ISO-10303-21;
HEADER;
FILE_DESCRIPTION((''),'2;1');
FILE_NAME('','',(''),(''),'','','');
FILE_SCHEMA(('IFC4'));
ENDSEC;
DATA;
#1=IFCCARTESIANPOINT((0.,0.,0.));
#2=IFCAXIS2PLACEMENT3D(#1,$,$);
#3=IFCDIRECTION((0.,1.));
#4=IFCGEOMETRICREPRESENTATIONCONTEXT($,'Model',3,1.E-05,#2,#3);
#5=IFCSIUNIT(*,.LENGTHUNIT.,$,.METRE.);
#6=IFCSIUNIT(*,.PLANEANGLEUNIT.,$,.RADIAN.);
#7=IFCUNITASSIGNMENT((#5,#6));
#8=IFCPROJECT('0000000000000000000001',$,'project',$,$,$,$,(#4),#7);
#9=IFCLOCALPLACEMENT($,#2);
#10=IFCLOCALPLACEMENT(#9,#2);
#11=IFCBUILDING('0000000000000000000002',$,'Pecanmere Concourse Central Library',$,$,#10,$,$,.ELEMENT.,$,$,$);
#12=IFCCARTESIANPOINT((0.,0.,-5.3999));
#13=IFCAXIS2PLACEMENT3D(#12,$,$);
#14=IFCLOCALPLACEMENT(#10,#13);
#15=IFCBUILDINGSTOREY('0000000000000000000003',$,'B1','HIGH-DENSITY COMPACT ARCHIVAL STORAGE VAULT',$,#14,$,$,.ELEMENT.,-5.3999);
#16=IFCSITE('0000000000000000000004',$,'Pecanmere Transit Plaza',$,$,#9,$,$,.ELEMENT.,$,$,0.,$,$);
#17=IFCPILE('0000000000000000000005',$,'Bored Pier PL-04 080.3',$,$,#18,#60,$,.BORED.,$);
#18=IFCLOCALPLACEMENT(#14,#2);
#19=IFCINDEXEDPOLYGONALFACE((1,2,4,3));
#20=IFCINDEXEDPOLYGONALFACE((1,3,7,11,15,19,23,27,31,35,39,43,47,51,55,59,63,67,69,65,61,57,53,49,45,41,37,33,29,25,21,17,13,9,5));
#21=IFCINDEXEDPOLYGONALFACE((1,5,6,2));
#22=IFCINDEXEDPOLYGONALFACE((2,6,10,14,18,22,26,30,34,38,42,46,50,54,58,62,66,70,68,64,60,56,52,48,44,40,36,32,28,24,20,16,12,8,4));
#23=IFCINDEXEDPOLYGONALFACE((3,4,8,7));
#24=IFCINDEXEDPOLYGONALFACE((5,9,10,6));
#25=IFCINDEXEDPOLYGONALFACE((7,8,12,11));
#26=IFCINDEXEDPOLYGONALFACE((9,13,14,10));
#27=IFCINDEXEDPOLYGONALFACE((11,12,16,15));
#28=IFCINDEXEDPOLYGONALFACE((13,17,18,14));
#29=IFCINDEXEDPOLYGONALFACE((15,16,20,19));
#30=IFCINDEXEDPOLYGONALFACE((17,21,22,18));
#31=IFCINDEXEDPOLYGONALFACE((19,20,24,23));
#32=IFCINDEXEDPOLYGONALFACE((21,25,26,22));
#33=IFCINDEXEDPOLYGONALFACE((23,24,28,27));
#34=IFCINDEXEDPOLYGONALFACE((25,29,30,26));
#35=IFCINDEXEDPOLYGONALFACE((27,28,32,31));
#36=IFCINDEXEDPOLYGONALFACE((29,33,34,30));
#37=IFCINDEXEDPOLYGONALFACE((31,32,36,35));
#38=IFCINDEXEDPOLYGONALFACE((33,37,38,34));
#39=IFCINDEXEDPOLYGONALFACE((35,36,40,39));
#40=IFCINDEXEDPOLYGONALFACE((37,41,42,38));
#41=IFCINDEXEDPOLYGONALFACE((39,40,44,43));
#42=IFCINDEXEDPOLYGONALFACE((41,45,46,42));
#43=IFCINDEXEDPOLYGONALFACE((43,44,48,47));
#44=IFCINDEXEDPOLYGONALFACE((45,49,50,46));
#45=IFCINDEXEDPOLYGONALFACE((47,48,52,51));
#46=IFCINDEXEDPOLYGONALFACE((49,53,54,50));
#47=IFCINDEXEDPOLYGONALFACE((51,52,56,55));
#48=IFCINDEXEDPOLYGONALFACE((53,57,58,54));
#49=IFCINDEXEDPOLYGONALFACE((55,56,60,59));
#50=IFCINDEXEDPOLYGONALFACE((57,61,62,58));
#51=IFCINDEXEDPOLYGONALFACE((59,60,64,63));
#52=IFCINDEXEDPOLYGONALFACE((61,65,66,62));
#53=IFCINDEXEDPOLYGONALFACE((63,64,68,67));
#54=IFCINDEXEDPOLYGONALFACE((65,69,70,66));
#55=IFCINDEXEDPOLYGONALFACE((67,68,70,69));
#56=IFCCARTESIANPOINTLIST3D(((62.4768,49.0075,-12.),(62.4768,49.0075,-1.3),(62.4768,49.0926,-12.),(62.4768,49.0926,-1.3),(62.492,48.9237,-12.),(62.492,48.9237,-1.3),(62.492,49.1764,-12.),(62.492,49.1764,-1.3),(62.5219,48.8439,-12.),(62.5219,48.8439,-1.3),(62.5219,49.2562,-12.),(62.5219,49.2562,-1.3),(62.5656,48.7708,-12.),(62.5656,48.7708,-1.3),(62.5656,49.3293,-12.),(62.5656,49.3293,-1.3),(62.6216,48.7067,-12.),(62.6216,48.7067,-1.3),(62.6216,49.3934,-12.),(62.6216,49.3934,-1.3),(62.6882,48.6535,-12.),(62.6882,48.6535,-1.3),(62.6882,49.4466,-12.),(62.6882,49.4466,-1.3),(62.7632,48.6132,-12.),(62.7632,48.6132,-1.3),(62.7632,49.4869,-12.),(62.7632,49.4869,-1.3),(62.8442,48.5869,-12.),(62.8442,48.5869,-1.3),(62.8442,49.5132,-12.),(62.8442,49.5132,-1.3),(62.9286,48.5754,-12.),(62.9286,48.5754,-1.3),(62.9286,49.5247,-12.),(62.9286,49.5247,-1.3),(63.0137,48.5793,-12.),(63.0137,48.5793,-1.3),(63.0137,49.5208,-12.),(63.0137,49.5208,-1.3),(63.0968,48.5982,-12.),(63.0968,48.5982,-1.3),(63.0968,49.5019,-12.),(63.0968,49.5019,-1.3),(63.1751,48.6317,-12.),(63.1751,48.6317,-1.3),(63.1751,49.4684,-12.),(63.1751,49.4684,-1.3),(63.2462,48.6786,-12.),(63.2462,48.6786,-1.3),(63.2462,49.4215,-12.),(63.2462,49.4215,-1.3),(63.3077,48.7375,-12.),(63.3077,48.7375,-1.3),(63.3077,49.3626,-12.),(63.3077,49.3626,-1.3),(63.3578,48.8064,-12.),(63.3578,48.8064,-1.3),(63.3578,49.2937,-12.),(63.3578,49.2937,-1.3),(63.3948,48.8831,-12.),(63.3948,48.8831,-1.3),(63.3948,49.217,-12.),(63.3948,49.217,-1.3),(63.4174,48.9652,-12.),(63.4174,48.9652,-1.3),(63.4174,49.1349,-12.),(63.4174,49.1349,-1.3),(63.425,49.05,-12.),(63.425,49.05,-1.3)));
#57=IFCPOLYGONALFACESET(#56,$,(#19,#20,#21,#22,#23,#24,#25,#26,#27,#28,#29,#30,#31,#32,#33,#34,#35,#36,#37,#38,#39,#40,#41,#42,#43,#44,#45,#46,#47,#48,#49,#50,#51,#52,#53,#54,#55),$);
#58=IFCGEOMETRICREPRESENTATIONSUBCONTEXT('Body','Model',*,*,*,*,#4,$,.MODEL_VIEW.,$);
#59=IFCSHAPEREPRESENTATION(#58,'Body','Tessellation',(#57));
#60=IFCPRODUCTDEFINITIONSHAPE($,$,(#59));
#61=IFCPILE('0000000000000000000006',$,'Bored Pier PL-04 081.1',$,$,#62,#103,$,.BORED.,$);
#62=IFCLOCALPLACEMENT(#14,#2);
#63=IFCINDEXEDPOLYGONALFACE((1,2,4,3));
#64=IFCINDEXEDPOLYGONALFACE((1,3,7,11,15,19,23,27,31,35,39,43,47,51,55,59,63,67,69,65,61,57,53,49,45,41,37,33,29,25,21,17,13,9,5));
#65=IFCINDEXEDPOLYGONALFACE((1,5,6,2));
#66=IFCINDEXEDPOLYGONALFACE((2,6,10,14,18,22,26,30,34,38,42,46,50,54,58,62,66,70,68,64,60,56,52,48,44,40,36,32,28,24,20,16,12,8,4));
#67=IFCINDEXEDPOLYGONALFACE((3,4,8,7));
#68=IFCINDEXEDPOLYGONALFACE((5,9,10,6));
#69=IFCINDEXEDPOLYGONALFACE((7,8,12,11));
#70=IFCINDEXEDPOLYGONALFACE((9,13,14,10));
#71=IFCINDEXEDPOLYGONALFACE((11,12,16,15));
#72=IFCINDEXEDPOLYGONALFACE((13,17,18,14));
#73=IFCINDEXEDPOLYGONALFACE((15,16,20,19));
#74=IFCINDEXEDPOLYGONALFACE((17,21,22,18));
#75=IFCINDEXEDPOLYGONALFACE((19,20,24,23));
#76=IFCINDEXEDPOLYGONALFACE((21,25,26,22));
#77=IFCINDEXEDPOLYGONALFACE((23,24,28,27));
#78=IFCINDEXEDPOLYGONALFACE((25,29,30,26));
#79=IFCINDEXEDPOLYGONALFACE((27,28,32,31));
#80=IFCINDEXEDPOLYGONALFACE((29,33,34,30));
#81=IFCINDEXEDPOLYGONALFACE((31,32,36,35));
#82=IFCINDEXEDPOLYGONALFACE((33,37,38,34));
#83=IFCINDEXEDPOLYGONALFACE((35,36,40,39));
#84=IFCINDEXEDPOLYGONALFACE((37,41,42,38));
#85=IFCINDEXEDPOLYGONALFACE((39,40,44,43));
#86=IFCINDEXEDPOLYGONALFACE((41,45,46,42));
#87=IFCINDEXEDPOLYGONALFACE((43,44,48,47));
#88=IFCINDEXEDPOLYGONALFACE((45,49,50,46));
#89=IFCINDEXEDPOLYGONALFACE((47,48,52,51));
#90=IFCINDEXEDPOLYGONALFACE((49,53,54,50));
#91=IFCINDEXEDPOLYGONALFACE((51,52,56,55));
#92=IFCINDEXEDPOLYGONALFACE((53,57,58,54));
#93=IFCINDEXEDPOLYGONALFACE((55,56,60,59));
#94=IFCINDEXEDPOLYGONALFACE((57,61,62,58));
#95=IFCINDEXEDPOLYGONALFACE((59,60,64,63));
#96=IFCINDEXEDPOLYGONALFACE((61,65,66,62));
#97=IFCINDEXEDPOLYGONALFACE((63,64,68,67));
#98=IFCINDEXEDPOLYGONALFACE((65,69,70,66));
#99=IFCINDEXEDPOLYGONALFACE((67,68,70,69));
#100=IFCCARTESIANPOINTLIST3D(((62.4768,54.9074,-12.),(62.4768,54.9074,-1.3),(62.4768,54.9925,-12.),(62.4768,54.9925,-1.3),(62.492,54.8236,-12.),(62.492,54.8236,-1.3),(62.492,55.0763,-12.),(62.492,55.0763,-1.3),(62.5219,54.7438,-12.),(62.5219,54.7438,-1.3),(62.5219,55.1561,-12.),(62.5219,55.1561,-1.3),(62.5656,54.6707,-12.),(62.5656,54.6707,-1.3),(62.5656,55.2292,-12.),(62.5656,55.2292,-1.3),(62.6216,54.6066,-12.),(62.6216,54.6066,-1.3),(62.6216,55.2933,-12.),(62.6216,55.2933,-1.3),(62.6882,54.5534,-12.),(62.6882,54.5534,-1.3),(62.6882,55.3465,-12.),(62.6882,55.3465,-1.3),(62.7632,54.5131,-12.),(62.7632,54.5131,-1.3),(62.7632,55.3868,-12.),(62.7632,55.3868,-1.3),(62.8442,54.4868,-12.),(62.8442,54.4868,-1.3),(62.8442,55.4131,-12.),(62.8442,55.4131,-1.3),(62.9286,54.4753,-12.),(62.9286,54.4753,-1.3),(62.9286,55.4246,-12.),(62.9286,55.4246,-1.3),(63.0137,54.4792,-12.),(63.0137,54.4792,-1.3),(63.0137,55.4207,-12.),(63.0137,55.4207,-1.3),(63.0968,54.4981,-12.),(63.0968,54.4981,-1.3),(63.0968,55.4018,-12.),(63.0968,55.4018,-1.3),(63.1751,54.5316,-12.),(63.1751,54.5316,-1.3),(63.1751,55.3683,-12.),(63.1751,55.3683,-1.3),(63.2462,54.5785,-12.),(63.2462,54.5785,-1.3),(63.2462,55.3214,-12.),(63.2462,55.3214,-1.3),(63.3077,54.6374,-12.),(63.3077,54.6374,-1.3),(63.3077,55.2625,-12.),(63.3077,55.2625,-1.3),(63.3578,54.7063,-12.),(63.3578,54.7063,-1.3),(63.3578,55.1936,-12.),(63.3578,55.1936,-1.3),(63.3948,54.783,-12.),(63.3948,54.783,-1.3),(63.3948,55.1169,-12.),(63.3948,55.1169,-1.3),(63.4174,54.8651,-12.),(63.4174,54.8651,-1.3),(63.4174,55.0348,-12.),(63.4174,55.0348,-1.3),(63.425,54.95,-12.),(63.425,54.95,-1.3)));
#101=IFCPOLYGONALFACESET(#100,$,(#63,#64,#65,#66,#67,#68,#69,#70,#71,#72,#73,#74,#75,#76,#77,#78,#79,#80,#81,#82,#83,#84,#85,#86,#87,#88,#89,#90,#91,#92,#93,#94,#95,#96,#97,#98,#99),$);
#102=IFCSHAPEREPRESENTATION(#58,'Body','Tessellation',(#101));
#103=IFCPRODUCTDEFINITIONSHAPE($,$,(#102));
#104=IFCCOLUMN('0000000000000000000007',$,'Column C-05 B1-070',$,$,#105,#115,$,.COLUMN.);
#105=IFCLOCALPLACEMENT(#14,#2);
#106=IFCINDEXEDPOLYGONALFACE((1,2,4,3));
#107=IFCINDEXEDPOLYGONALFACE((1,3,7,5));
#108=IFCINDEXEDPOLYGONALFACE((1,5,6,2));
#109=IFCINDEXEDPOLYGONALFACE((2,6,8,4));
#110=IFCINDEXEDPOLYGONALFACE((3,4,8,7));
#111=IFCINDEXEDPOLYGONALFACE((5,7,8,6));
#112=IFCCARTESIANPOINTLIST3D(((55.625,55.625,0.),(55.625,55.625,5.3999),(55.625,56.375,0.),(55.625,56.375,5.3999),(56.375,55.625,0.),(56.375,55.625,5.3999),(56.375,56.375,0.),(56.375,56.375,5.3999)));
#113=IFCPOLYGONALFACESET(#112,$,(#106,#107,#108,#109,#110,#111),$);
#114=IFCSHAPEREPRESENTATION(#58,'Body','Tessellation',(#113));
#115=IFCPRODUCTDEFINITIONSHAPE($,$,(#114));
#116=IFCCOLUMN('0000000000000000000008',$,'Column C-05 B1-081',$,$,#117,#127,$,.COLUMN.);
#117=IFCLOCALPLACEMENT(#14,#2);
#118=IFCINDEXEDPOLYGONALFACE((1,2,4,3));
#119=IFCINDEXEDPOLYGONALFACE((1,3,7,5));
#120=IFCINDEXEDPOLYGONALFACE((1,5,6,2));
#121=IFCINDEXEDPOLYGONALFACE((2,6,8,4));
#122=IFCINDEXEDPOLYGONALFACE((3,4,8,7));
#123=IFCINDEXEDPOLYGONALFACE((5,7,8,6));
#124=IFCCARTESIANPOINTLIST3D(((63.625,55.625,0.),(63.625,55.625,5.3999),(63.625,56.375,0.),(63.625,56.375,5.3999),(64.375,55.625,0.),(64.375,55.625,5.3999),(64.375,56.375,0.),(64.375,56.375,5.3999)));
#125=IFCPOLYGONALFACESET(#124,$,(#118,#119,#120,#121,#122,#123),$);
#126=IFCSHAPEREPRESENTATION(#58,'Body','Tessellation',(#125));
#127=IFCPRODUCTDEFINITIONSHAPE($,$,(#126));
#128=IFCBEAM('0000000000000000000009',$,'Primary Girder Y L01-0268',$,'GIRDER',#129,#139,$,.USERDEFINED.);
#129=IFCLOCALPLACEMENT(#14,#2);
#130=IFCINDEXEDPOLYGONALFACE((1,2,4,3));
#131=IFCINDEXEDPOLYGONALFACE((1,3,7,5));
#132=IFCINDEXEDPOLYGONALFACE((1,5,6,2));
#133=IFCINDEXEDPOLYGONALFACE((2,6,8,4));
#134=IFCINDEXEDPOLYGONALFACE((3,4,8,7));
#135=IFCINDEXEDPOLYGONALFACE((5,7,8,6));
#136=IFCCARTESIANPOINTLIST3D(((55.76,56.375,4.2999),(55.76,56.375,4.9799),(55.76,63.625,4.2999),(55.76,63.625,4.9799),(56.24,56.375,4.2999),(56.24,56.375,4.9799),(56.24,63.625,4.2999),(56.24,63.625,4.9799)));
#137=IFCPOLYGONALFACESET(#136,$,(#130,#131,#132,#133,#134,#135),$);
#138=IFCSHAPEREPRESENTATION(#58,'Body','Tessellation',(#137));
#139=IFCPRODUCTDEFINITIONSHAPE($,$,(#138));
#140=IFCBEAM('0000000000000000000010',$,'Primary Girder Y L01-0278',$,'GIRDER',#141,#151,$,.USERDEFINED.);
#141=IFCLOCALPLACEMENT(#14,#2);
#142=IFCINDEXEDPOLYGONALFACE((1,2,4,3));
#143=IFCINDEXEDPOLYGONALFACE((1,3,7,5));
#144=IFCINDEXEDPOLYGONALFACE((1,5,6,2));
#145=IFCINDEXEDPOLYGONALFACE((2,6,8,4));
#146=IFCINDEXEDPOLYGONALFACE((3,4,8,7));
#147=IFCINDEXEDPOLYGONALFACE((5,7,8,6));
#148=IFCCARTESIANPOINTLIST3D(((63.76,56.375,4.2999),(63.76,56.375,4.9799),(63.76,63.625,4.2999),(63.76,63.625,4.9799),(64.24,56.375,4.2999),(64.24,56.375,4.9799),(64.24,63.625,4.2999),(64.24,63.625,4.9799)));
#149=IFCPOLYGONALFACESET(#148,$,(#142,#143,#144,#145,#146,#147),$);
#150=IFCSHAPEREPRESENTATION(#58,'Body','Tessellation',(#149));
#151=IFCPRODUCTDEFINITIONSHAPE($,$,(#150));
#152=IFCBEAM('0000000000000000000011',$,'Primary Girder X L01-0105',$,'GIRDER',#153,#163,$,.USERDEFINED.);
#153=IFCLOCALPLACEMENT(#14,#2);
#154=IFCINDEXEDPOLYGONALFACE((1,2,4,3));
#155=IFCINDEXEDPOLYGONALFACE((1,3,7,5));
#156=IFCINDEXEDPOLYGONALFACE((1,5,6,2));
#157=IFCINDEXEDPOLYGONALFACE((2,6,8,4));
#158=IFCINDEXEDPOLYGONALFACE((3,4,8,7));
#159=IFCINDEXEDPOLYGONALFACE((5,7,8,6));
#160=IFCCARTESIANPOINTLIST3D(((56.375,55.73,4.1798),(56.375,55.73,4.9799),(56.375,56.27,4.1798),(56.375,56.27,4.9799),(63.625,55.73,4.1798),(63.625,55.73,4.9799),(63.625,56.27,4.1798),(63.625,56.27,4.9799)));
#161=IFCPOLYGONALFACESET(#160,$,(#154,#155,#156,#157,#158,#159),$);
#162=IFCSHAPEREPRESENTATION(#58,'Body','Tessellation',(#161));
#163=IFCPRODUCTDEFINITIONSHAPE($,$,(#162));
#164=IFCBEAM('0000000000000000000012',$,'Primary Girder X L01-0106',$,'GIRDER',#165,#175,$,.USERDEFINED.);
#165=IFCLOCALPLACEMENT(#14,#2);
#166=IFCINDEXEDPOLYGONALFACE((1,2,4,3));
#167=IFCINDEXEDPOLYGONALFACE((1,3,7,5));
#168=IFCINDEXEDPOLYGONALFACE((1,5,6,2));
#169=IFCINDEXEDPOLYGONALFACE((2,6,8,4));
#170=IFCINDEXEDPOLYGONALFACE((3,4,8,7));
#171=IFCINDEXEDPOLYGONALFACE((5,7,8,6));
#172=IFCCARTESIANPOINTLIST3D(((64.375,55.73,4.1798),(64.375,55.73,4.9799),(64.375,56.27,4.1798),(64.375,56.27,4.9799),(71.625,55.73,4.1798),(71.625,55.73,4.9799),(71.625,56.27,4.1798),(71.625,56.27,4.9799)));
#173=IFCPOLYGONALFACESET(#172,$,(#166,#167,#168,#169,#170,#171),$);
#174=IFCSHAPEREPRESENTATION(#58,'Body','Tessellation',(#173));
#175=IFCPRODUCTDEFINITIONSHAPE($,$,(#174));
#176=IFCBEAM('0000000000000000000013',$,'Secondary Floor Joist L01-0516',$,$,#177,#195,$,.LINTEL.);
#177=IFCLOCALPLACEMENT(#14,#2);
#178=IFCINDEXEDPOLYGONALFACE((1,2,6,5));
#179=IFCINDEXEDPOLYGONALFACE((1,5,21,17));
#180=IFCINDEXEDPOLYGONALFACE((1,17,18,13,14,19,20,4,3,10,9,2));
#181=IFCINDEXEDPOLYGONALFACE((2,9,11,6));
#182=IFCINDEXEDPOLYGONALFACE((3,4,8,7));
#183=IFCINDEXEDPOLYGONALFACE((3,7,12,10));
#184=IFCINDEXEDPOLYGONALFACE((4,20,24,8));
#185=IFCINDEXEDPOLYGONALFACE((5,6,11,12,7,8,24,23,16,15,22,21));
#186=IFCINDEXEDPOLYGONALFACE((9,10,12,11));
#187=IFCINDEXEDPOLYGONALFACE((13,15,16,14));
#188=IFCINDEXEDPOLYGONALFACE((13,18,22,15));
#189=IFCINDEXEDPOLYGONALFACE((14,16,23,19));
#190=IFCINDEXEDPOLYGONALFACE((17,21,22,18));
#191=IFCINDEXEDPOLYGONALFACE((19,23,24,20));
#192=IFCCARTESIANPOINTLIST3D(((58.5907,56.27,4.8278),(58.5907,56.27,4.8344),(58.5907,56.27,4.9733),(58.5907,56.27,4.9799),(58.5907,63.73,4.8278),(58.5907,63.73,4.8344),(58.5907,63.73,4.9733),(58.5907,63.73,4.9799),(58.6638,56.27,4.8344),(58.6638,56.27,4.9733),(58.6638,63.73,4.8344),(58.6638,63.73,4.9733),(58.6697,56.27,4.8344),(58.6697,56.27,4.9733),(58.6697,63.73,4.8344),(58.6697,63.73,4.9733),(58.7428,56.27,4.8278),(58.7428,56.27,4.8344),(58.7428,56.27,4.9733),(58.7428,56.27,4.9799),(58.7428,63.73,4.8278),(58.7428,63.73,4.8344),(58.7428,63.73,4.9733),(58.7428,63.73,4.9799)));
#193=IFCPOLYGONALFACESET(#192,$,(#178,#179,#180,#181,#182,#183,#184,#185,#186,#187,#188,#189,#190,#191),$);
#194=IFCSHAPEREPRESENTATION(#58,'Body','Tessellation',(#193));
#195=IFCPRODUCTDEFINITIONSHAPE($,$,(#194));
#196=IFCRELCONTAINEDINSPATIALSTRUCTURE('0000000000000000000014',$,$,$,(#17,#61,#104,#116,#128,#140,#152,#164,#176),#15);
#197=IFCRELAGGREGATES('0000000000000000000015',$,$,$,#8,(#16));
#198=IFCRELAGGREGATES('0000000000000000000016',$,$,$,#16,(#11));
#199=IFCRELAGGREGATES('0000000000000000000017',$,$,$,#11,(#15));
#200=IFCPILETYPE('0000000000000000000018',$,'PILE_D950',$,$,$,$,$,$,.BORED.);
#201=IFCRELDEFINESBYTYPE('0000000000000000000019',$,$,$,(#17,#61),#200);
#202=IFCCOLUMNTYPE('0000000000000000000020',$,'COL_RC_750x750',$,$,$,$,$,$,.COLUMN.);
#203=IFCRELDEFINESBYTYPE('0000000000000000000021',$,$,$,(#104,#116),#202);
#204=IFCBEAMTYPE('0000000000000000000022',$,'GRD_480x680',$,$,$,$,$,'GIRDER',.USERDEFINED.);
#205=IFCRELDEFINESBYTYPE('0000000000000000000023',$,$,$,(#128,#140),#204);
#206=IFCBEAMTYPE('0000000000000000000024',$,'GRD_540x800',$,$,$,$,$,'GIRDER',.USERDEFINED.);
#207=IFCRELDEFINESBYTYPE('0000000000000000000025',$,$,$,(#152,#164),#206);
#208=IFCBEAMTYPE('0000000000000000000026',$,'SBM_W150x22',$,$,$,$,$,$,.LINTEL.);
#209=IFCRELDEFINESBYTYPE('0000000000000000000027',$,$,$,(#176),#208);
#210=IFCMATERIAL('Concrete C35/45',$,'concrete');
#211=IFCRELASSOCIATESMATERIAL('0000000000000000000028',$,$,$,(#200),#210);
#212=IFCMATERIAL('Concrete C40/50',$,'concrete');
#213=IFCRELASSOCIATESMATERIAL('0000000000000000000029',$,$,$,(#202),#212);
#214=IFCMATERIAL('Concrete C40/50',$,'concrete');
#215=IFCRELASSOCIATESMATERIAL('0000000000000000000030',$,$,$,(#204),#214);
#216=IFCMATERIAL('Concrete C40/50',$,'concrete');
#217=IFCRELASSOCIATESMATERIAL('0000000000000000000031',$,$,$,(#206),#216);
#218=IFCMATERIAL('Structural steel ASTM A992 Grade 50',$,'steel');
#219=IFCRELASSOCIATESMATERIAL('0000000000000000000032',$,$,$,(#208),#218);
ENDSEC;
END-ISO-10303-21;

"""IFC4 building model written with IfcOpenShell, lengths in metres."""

from ifc_helpers import new_model, si_unit, direction, frame, origin, origin_2d, place, context, subcontext, project, spatial, rectangle, circle, i_section, extrude, material, material_profile, profile_set, type_object, element, save


model = new_model("IFC4")

# Units and contexts
model_context = context("Model", 3, precision=1e-05, world=origin(), true_north=direction((0.0, 1.0)))
body_context = subcontext(model_context, "Body", "Model", "MODEL_VIEW")
ifc_project = project(units=[si_unit("LENGTHUNIT", "METRE"), si_unit("PLANEANGLEUNIT", "RADIAN")], contexts=[model_context])

# Site, building, storey
site_placement = place(None, origin())
site = spatial("IfcSite", under=ifc_project, at=site_placement, Name="Pecanmere Transit Plaza", CompositionType="ELEMENT", RefElevation=0.0)
building_placement = place(site_placement, origin())
building = spatial("IfcBuilding", under=site, at=building_placement, Name="Pecanmere Concourse Central Library", CompositionType="ELEMENT")
storey_placement = place(building_placement, frame((0.0, 0.0, -5.3999)))
storey = spatial("IfcBuildingStorey", under=building, at=storey_placement, Name="B1", Description="HIGH-DENSITY COMPACT ARCHIVAL STORAGE VAULT", CompositionType="ELEMENT", Elevation=-5.3999)

# Piles
ifc_material_1 = material(Name="Concrete C35/45", Category="concrete")
ifc_material_profile_1 = material_profile(ifc_material_1, circle(Radius=0.4751, at=origin_2d()), Name="PIER D950")
ifc_profile_set_1 = profile_set([ifc_material_profile_1], Name="Concrete C35/45")
pile_type = type_object("IfcPileType", Name="PILE_D950", PredefinedType="BORED", material=ifc_profile_set_1)
for number, where, z_axis, x_axis, name in (
    (1, (62.95, 49.05, -1.3), (0.0, 0.0, -1.0), (1.0, 0.0, 0.0), "Bored Pier PL-04 080.3"),
    (2, (62.95, 54.95, -1.3), (0.0, 0.0, -1.0), (1.0, 0.0, 0.0), "Bored Pier PL-04 081.1"),
):
    element("IfcPile", number, at=place(storey_placement, frame(where, z_axis=z_axis, x_axis=x_axis)), inside=storey, type_object=pile_type, Name=name, PredefinedType="BORED", context=body_context, shape_type="SweptSolid", body=[
        extrude(circle(Radius=0.4751, at=origin_2d()), origin(), (0.0, 0.0, 1.0), 10.7),
    ])

# Columns
ifc_material_2 = material(Name="Concrete C40/50", Category="concrete")
ifc_material_profile_2 = material_profile(ifc_material_2, rectangle(XDim=0.75, YDim=0.75, at=origin_2d()), Name="RC 750x750")
ifc_profile_set_2 = profile_set([ifc_material_profile_2], Name="Concrete C40/50")
column_type = type_object("IfcColumnType", Name="COL_RC_750x750", PredefinedType="COLUMN", material=ifc_profile_set_2)
for number, where, z_axis, x_axis, name in (
    (3, (56.0, 56.0, 0.0), (0.0, 0.0, 1.0), (1.0, 0.0, 0.0), "Column C-05 B1-070"),
    (4, (64.0, 56.0, 0.0), (0.0, 0.0, 1.0), (1.0, 0.0, 0.0), "Column C-05 B1-081"),
):
    element("IfcColumn", number, at=place(storey_placement, frame(where, z_axis=z_axis, x_axis=x_axis)), inside=storey, type_object=column_type, Name=name, PredefinedType="COLUMN", context=body_context, shape_type="SweptSolid", body=[
        extrude(rectangle(XDim=0.75, YDim=0.75, at=origin_2d()), origin(), (0.0, 0.0, 1.0), 5.3999),
    ])

# Beams
ifc_material_3 = material(Name="Concrete C40/50", Category="concrete")
ifc_material_profile_3 = material_profile(ifc_material_3, rectangle(XDim=0.48, YDim=0.6799, at=origin_2d()), Name="RC 480x680")
ifc_profile_set_3 = profile_set([ifc_material_profile_3], Name="Concrete C40/50")
beam_type_1 = type_object("IfcBeamType", Name="GRD_480x680", ElementType="GIRDER", PredefinedType="USERDEFINED", material=ifc_profile_set_3)
for number, where, z_axis, x_axis, name in (
    (5, (56.0, 56.375, 4.6399), (0.0, 1.0, 0.0), (-1.0, 0.0, 0.0), "Primary Girder Y L01-0268"),
    (6, (64.0, 56.375, 4.6399), (0.0, 1.0, 0.0), (-1.0, 0.0, 0.0), "Primary Girder Y L01-0278"),
):
    element("IfcBeam", number, at=place(storey_placement, frame(where, z_axis=z_axis, x_axis=x_axis)), inside=storey, type_object=beam_type_1, Name=name, ObjectType="GIRDER", PredefinedType="USERDEFINED", context=body_context, shape_type="SweptSolid", body=[
        extrude(rectangle(XDim=0.48, YDim=0.6799, at=origin_2d()), origin(), (0.0, 0.0, 1.0), 7.25),
    ])
ifc_material_4 = material(Name="Concrete C40/50", Category="concrete")
ifc_material_profile_4 = material_profile(ifc_material_4, rectangle(XDim=0.54, YDim=0.8, at=origin_2d()), Name="RC 540x800")
ifc_profile_set_4 = profile_set([ifc_material_profile_4], Name="Concrete C40/50")
beam_type_2 = type_object("IfcBeamType", Name="GRD_540x800", ElementType="GIRDER", PredefinedType="USERDEFINED", material=ifc_profile_set_4)
for number, where, z_axis, x_axis, name in (
    (7, (56.375, 56.0, 4.5798), (1.0, 0.0, 0.0), (0.0, 1.0, 0.0), "Primary Girder X L01-0105"),
    (8, (64.375, 56.0, 4.5798), (1.0, 0.0, 0.0), (0.0, 1.0, 0.0), "Primary Girder X L01-0106"),
):
    element("IfcBeam", number, at=place(storey_placement, frame(where, z_axis=z_axis, x_axis=x_axis)), inside=storey, type_object=beam_type_2, Name=name, ObjectType="GIRDER", PredefinedType="USERDEFINED", context=body_context, shape_type="SweptSolid", body=[
        extrude(rectangle(XDim=0.54, YDim=0.8, at=origin_2d()), origin(), (0.0, 0.0, 1.0), 7.25),
    ])
ifc_material_5 = material(Name="Structural steel ASTM A992 Grade 50", Category="steel")
ifc_material_profile_5 = material_profile(ifc_material_5, i_section(OverallWidth=0.1521, OverallDepth=0.1521, WebThickness=0.0059, FlangeThickness=0.0066, at=origin_2d()), Name="W150x22.5")
ifc_profile_set_5 = profile_set([ifc_material_profile_5], Name="Structural steel ASTM A992 Grade 50")
beam_type_3 = type_object("IfcBeamType", Name="SBM_W150x22", PredefinedType="LINTEL", material=ifc_profile_set_5)
beam_placement = place(storey_placement, frame((58.6667, 56.27, 4.9038), z_axis=(0.0, 1.0, 0.0), x_axis=(-1.0, 0.0, 0.0)))
element("IfcBeam", 9, at=beam_placement, inside=storey, type_object=beam_type_3, Name="Secondary Floor Joist L01-0516", PredefinedType="LINTEL", context=body_context, shape_type="SweptSolid", body=[
    extrude(i_section(OverallWidth=0.1521, OverallDepth=0.1521, WebThickness=0.0059, FlangeThickness=0.0066, at=origin_2d()), origin(), (0.0, 0.0, 1.0), 7.46),
])

save(model, "model.ifc")
